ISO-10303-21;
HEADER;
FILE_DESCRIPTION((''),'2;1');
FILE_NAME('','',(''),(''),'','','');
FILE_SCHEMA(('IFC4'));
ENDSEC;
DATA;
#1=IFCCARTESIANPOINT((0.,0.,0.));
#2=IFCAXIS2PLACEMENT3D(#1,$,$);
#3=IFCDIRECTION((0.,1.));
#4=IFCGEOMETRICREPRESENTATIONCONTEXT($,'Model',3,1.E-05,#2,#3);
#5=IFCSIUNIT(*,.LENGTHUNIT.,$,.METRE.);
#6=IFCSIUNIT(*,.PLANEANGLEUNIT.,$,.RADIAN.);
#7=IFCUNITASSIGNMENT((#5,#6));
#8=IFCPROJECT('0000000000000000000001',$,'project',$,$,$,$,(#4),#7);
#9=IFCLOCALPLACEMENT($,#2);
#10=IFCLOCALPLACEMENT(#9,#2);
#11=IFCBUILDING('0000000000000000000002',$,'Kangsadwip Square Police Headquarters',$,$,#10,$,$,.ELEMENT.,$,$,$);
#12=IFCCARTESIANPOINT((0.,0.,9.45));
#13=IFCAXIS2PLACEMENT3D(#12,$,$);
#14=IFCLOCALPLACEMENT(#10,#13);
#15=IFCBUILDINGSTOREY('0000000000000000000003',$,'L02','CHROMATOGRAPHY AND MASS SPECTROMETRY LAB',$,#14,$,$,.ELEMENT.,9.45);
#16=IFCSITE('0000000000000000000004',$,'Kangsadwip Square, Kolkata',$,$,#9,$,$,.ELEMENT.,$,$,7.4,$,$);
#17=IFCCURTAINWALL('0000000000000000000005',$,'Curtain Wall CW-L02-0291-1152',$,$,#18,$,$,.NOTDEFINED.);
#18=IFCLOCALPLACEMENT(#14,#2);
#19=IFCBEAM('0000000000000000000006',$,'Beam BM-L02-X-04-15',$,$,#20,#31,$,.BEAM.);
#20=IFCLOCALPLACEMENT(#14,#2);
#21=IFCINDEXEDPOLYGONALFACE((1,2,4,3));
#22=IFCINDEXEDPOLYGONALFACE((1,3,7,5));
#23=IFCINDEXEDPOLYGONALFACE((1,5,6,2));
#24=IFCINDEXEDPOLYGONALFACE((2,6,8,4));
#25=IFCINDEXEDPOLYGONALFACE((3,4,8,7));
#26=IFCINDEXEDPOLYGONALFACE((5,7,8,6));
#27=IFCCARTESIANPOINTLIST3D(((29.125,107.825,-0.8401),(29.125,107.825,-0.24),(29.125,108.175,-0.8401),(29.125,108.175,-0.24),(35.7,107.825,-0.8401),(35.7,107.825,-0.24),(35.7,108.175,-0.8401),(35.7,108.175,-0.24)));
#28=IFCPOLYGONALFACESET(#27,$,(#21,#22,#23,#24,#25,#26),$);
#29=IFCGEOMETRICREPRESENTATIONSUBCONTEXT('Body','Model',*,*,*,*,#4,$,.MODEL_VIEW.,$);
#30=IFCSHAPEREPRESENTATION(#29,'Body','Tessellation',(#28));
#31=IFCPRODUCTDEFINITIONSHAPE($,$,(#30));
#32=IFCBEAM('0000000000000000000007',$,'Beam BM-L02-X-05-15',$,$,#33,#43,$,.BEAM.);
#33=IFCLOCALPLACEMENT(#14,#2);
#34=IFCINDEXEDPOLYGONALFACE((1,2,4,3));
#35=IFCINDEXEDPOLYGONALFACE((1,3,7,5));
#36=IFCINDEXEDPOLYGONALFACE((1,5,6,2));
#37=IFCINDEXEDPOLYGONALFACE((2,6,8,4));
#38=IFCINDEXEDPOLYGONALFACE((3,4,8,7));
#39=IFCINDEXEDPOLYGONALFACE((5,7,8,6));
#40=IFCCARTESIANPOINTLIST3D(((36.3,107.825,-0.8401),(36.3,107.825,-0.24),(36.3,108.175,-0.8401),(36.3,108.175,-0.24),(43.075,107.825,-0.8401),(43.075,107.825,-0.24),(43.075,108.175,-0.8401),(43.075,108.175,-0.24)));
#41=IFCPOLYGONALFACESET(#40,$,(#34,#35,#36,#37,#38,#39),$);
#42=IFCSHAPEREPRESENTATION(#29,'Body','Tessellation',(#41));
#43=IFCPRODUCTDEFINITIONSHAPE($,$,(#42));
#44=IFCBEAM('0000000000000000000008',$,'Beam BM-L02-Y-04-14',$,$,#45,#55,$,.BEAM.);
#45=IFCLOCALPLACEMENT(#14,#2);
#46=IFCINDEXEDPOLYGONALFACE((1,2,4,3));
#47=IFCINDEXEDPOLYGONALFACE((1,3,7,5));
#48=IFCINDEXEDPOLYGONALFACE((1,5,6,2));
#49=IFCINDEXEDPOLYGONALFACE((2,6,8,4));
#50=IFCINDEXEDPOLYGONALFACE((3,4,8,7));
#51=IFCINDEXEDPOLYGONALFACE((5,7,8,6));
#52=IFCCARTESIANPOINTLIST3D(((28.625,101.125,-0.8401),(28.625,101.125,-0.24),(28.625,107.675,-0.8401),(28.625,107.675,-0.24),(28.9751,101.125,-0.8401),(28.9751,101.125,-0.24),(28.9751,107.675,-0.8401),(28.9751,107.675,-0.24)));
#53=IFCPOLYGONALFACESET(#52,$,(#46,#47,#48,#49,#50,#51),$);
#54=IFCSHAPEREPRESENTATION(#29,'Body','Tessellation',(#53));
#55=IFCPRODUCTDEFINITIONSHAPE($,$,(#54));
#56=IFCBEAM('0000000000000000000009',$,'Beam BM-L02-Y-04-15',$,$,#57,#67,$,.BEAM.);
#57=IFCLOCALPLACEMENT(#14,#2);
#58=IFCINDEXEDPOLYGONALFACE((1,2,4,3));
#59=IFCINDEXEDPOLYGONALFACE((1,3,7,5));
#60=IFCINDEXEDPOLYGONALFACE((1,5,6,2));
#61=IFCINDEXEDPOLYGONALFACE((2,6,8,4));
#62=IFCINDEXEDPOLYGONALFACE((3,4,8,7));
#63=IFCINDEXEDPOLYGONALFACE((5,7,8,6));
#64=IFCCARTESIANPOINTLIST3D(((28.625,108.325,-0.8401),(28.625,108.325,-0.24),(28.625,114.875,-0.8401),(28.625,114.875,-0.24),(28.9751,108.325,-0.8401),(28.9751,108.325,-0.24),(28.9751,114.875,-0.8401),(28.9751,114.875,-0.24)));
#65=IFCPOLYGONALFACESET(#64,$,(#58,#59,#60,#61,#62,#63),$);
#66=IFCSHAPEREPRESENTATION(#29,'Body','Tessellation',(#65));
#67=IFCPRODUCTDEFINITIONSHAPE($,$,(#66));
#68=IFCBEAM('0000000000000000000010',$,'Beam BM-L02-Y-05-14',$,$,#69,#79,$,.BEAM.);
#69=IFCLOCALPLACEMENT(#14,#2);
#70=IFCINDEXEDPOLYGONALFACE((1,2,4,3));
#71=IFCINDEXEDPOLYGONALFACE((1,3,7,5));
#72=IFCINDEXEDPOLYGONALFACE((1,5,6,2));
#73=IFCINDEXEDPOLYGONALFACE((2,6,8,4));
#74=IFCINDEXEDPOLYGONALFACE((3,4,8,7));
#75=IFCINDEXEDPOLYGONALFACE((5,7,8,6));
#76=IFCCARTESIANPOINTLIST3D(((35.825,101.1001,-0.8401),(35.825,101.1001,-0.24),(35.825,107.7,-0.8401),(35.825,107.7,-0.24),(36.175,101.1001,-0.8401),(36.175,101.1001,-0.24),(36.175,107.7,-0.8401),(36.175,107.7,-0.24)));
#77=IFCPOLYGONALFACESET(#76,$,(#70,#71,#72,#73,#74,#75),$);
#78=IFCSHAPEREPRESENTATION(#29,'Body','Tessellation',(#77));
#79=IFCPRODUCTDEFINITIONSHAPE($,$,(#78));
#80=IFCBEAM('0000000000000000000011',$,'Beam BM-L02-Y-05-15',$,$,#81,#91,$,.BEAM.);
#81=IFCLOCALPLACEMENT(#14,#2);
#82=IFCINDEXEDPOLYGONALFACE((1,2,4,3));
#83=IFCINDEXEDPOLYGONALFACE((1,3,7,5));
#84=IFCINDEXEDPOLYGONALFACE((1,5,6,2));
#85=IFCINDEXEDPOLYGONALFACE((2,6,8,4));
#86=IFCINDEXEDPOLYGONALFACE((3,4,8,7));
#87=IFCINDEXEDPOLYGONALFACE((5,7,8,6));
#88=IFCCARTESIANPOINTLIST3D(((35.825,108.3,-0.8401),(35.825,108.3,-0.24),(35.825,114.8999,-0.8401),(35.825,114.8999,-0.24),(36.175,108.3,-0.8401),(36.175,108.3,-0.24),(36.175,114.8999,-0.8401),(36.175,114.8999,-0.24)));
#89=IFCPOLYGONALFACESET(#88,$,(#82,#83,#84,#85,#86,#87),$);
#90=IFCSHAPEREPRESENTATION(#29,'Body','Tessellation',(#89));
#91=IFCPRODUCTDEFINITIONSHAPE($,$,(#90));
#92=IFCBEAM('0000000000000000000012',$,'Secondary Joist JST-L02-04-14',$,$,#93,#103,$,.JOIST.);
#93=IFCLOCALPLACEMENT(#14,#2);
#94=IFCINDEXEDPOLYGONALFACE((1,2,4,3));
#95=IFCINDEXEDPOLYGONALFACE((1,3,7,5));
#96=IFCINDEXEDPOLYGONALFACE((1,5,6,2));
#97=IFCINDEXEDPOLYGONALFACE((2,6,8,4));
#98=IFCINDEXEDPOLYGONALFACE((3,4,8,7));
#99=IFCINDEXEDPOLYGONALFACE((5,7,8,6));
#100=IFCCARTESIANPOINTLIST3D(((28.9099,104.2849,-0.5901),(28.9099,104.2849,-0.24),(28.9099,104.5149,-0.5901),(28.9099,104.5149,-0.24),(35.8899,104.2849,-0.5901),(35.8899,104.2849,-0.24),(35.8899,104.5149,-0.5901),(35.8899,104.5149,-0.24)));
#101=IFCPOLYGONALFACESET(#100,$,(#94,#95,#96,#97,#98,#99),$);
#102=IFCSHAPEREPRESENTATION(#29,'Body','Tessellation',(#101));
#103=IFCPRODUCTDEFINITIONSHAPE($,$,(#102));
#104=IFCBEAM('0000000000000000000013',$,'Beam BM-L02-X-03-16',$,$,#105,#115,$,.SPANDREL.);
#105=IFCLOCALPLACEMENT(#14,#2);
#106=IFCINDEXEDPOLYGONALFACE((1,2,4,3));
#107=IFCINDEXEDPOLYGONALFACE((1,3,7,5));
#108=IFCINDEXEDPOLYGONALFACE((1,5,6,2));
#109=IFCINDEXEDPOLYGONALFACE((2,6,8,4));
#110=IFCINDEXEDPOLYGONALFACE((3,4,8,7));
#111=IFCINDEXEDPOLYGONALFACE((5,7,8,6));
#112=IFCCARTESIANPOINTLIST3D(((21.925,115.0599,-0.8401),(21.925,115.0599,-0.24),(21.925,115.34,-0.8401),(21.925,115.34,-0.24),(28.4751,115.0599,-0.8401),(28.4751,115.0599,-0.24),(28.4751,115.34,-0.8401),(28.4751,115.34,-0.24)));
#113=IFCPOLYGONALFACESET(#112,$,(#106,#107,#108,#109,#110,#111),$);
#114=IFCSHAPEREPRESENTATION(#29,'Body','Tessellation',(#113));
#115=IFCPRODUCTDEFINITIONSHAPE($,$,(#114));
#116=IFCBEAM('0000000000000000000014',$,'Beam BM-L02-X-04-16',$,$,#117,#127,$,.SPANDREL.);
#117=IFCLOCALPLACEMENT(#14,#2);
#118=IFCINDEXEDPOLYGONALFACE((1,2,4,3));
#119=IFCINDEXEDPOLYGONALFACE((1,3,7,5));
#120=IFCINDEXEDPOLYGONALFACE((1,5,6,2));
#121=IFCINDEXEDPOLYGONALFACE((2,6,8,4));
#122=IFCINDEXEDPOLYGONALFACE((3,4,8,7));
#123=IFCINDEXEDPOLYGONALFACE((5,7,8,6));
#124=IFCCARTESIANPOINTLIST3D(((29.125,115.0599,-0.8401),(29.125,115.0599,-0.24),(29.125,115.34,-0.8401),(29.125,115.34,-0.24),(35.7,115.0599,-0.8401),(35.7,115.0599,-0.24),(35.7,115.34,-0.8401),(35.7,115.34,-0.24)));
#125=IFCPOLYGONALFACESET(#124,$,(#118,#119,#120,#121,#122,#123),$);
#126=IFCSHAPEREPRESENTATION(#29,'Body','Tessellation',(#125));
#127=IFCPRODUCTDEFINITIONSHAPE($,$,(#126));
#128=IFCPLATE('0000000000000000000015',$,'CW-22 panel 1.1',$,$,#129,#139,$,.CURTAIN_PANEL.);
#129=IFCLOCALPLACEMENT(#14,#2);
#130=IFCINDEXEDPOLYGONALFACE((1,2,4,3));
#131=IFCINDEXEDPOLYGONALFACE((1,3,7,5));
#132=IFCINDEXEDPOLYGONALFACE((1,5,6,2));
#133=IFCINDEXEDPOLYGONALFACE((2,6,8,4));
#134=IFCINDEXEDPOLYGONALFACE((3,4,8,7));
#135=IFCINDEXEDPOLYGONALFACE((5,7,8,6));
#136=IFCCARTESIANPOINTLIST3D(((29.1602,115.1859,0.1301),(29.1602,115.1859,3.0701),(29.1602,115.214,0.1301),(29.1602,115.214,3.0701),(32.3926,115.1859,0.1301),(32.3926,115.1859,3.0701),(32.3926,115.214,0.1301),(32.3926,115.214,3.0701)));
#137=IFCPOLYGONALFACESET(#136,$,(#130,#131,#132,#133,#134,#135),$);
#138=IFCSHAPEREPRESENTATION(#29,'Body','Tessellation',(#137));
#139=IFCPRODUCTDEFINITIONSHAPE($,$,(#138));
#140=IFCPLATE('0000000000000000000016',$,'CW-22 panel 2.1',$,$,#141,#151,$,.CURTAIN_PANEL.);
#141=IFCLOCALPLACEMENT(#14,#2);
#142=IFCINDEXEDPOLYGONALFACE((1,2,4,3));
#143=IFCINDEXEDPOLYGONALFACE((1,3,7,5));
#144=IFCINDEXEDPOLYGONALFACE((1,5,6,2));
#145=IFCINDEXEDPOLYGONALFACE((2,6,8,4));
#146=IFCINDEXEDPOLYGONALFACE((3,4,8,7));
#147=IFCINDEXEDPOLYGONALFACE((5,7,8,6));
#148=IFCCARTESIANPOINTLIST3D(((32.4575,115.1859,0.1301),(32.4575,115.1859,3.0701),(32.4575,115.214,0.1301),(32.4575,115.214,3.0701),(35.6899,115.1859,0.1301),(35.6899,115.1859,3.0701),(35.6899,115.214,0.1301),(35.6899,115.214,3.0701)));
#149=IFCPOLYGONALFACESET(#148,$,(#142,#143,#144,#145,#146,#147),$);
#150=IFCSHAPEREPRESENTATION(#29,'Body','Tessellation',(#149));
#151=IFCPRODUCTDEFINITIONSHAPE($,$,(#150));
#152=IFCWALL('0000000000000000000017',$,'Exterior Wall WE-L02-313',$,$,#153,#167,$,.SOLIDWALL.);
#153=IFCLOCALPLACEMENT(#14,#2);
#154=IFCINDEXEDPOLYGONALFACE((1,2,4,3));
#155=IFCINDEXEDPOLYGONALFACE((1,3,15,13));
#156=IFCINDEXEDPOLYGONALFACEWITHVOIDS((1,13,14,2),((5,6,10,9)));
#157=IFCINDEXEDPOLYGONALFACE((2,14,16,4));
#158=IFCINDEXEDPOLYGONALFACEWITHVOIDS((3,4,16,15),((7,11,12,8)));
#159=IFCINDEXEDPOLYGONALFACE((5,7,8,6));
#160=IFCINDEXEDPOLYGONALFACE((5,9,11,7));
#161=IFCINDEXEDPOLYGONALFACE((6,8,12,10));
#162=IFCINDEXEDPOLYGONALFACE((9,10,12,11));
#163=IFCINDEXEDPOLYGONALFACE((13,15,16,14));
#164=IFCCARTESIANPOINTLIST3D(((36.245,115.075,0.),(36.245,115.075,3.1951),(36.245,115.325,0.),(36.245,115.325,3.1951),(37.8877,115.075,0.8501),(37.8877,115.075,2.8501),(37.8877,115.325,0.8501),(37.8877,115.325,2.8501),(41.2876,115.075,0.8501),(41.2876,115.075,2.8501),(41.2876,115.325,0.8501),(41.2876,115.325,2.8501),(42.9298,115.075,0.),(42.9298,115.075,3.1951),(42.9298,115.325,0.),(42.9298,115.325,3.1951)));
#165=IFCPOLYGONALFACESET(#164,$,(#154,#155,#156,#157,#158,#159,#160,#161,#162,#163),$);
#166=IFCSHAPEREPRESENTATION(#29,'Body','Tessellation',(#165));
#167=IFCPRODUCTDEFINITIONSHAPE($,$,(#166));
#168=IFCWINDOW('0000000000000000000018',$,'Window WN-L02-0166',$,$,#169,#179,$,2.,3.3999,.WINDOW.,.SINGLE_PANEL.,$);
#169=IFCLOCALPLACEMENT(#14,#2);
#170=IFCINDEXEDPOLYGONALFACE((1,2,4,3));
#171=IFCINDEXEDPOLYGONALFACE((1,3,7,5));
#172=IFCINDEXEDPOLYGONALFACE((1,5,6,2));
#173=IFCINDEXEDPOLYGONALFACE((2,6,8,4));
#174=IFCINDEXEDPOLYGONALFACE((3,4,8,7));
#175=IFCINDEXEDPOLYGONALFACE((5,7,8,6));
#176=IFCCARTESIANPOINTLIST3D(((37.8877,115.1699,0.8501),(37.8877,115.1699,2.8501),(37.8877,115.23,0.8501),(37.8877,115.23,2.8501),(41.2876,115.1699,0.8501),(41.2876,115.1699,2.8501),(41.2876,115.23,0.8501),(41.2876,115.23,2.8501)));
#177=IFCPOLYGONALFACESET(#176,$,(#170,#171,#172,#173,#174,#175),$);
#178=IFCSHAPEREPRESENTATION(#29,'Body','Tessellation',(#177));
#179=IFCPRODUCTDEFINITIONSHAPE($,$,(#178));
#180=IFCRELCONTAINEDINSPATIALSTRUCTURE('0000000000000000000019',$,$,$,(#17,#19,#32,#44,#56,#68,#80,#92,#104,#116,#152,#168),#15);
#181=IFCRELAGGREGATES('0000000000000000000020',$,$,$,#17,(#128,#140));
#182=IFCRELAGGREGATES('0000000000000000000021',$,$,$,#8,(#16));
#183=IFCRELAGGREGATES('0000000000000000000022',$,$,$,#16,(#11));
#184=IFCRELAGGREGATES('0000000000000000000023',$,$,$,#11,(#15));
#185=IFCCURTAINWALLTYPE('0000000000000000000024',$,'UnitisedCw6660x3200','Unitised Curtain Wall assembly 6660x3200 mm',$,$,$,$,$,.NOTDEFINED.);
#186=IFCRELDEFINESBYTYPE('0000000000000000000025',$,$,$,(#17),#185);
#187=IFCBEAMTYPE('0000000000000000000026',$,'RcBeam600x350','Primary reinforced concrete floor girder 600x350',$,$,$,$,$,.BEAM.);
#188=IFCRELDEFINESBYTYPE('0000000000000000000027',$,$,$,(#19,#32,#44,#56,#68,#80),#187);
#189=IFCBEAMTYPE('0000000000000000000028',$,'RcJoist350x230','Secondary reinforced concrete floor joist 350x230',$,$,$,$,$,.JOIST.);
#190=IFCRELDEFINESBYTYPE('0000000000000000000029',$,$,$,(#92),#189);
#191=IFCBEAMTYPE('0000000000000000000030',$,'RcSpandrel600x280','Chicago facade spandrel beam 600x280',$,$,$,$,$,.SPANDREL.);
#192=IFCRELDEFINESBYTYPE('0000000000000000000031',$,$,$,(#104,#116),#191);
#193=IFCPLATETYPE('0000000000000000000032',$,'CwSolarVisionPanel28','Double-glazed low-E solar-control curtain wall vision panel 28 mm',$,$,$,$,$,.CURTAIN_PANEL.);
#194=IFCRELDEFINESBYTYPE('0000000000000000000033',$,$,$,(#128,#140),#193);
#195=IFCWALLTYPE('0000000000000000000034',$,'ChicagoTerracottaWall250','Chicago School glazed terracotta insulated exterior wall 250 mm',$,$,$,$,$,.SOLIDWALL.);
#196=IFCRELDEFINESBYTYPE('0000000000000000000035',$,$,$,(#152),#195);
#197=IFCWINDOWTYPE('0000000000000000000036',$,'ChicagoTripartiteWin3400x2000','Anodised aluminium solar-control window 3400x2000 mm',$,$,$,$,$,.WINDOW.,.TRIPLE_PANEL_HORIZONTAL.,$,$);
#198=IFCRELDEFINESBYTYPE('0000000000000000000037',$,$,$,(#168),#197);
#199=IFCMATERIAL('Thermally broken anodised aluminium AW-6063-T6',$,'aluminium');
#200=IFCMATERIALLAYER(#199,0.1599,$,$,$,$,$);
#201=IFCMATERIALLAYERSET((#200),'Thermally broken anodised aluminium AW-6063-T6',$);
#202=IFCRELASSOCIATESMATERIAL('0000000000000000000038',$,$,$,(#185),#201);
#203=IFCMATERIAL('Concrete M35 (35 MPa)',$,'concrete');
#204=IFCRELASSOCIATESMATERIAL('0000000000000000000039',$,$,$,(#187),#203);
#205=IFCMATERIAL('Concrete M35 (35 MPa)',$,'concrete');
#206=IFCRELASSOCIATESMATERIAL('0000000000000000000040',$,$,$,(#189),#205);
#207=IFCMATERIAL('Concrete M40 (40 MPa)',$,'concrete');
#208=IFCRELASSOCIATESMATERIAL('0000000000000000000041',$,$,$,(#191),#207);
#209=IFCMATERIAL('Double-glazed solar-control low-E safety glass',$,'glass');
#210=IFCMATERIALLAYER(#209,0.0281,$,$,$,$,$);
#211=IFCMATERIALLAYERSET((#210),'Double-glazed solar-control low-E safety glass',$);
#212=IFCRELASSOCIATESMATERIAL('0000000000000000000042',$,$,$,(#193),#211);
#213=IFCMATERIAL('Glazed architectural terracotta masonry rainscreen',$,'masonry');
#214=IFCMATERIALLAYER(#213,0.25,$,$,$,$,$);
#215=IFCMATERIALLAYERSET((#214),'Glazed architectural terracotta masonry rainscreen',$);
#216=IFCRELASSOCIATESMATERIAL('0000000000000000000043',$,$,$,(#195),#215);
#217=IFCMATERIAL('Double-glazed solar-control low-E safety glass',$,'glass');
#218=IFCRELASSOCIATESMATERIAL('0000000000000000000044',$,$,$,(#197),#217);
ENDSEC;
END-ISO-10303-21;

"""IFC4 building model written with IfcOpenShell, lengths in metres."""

from ifc_helpers import new_model, si_unit, direction, frame, frame_2d, origin, origin_2d, place, context, subcontext, project, spatial, rectangle, extrude, material, layer, layer_set, material_profile, profile_set, type_object, element, fill, aggregate, save


model = new_model("IFC4")

# Units and contexts
model_context = context("Model", 3, precision=1e-05, world=origin(), true_north=direction((0.0, 1.0)))
body_context = subcontext(model_context, "Body", "Model", "MODEL_VIEW")
ifc_project = project(units=[si_unit("LENGTHUNIT", "METRE"), si_unit("PLANEANGLEUNIT", "RADIAN")], contexts=[model_context])

# Site, building, storey
site_placement = place(None, origin())
site = spatial("IfcSite", under=ifc_project, at=site_placement, Name="Kangsadwip Square, Kolkata", CompositionType="ELEMENT", RefElevation=7.4)
building_placement = place(site_placement, origin())
building = spatial("IfcBuilding", under=site, at=building_placement, Name="Kangsadwip Square Police Headquarters", CompositionType="ELEMENT")
storey_placement = place(building_placement, frame((0.0, 0.0, 9.45)))
storey = spatial("IfcBuildingStorey", under=building, at=storey_placement, Name="L02", Description="CHROMATOGRAPHY AND MASS SPECTROMETRY LAB", CompositionType="ELEMENT", Elevation=9.45)

# Curtain wall
ifc_material_1 = material(Name="Thermally broken anodised aluminium AW-6063-T6", Category="aluminium")
ifc_layer_1 = layer(ifc_material_1, 0.1599)
ifc_layer_set_1 = layer_set([ifc_layer_1], Name="Thermally broken anodised aluminium AW-6063-T6")
curtain_wall_type = type_object("IfcCurtainWallType", Name="UnitisedCw6660x3200", Description="Unitised Curtain Wall assembly 6660x3200 mm", PredefinedType="NOTDEFINED", material=ifc_layer_set_1)
curtain_wall_placement = place(storey_placement, origin())
curtain_wall = element("IfcCurtainWall", 1, at=curtain_wall_placement, inside=storey, type_object=curtain_wall_type, Name="Curtain Wall CW-L02-0291-1152", PredefinedType="NOTDEFINED")

# Beams
ifc_material_2 = material(Name="Concrete M35 (35 MPa)", Category="concrete")
ifc_material_profile_1 = material_profile(ifc_material_2, rectangle(XDim=0.3501, YDim=0.6001, at=origin_2d()), Name="RC BM 600X350")
ifc_profile_set_1 = profile_set([ifc_material_profile_1], Name="Concrete M35 (35 MPa)")
beam_type_1 = type_object("IfcBeamType", Name="RcBeam600x350", Description="Primary reinforced concrete floor girder 600x350", PredefinedType="BEAM", material=ifc_profile_set_1)
beam_1_placement = place(storey_placement, frame((29.125, 108.0, -0.54), z_axis=(1.0, 0.0, 0.0), x_axis=(0.0, 1.0, 0.0)))
element("IfcBeam", 2, at=beam_1_placement, inside=storey, type_object=beam_type_1, Name="Beam BM-L02-X-04-15", PredefinedType="BEAM", context=body_context, shape_type="SweptSolid", body=[
    extrude(rectangle(XDim=0.3501, YDim=0.6001, at=origin_2d()), origin(), (0.0, 0.0, 1.0), 6.575),
])
beam_2_placement = place(storey_placement, frame((36.3, 108.0, -0.54), z_axis=(1.0, 0.0, 0.0), x_axis=(0.0, 1.0, 0.0)))
element("IfcBeam", 3, at=beam_2_placement, inside=storey, type_object=beam_type_1, Name="Beam BM-L02-X-05-15", PredefinedType="BEAM", context=body_context, shape_type="SweptSolid", body=[
    extrude(rectangle(XDim=0.3501, YDim=0.6001, at=origin_2d()), origin(), (0.0, 0.0, 1.0), 6.7749),
])
for number, where, z_axis, x_axis, name in (
    (4, (28.8, 101.125, -0.54), (0.0, 1.0, 0.0), (-1.0, 0.0, 0.0), "Beam BM-L02-Y-04-14"),
    (5, (28.8, 108.325, -0.54), (0.0, 1.0, 0.0), (-1.0, 0.0, 0.0), "Beam BM-L02-Y-04-15"),
):
    element("IfcBeam", number, at=place(storey_placement, frame(where, z_axis=z_axis, x_axis=x_axis)), inside=storey, type_object=beam_type_1, Name=name, PredefinedType="BEAM", context=body_context, shape_type="SweptSolid", body=[
        extrude(rectangle(XDim=0.3501, YDim=0.6001, at=origin_2d()), origin(), (0.0, 0.0, 1.0), 6.55),
    ])
for number, where, z_axis, x_axis, name in (
    (6, (36.0, 101.1001, -0.54), (0.0, 1.0, 0.0), (-1.0, 0.0, 0.0), "Beam BM-L02-Y-05-14"),
    (7, (36.0, 108.3, -0.54), (0.0, 1.0, 0.0), (-1.0, 0.0, 0.0), "Beam BM-L02-Y-05-15"),
):
    element("IfcBeam", number, at=place(storey_placement, frame(where, z_axis=z_axis, x_axis=x_axis)), inside=storey, type_object=beam_type_1, Name=name, PredefinedType="BEAM", context=body_context, shape_type="SweptSolid", body=[
        extrude(rectangle(XDim=0.3501, YDim=0.6001, at=origin_2d()), origin(), (0.0, 0.0, 1.0), 6.5999),
    ])
ifc_material_3 = material(Name="Concrete M35 (35 MPa)", Category="concrete")
ifc_material_profile_2 = material_profile(ifc_material_3, rectangle(XDim=0.23, YDim=0.3501, at=origin_2d()), Name="RC JST 350X230")
ifc_profile_set_2 = profile_set([ifc_material_profile_2], Name="Concrete M35 (35 MPa)")
beam_type_2 = type_object("IfcBeamType", Name="RcJoist350x230", Description="Secondary reinforced concrete floor joist 350x230", PredefinedType="JOIST", material=ifc_profile_set_2)
beam_3_placement = place(storey_placement, frame((28.9099, 104.3999, -0.415), z_axis=(1.0, 0.0, 0.0), x_axis=(0.0, 1.0, 0.0)))
element("IfcBeam", 8, at=beam_3_placement, inside=storey, type_object=beam_type_2, Name="Secondary Joist JST-L02-04-14", PredefinedType="JOIST", context=body_context, shape_type="SweptSolid", body=[
    extrude(rectangle(XDim=0.23, YDim=0.3501, at=origin_2d()), origin(), (0.0, 0.0, 1.0), 6.98),
])
ifc_material_4 = material(Name="Concrete M40 (40 MPa)", Category="concrete")
ifc_material_profile_3 = material_profile(ifc_material_4, rectangle(XDim=0.28, YDim=0.6001, at=origin_2d()), Name="RC SPN 600X280")
ifc_profile_set_3 = profile_set([ifc_material_profile_3], Name="Concrete M40 (40 MPa)")
beam_type_3 = type_object("IfcBeamType", Name="RcSpandrel600x280", Description="Chicago facade spandrel beam 600x280", PredefinedType="SPANDREL", material=ifc_profile_set_3)
beam_4_placement = place(storey_placement, frame((21.925, 115.2, -0.54), z_axis=(1.0, 0.0, 0.0), x_axis=(0.0, 1.0, 0.0)))
element("IfcBeam", 9, at=beam_4_placement, inside=storey, type_object=beam_type_3, Name="Beam BM-L02-X-03-16", PredefinedType="SPANDREL", context=body_context, shape_type="SweptSolid", body=[
    extrude(rectangle(XDim=0.28, YDim=0.6001, at=origin_2d()), origin(), (0.0, 0.0, 1.0), 6.55),
])
beam_5_placement = place(storey_placement, frame((29.125, 115.2, -0.54), z_axis=(1.0, 0.0, 0.0), x_axis=(0.0, 1.0, 0.0)))
element("IfcBeam", 10, at=beam_5_placement, inside=storey, type_object=beam_type_3, Name="Beam BM-L02-X-04-16", PredefinedType="SPANDREL", context=body_context, shape_type="SweptSolid", body=[
    extrude(rectangle(XDim=0.28, YDim=0.6001, at=origin_2d()), origin(), (0.0, 0.0, 1.0), 6.575),
])

# Plates
ifc_material_5 = material(Name="Double-glazed solar-control low-E safety glass", Category="glass")
ifc_layer_2 = layer(ifc_material_5, 0.0281)
ifc_layer_set_2 = layer_set([ifc_layer_2], Name="Double-glazed solar-control low-E safety glass")
plate_type = type_object("IfcPlateType", Name="CwSolarVisionPanel28", Description="Double-glazed low-E solar-control curtain wall vision panel 28 mm", PredefinedType="CURTAIN_PANEL", material=ifc_layer_set_2)
plate_1_placement = place(storey_placement, frame((30.7764, 115.2, 0.1301), z_axis=(0.0, 0.0, 1.0), x_axis=(1.0, 0.0, 0.0)))
plate_1 = element("IfcPlate", 11, at=plate_1_placement, type_object=plate_type, Name="CW-22 panel 1.1", PredefinedType="CURTAIN_PANEL", context=body_context, shape_type="SweptSolid", body=[
    extrude(rectangle(XDim=3.2324, YDim=0.0281, at=origin_2d()), origin(), (0.0, 0.0, 1.0), 2.9399),
])
plate_2_placement = place(storey_placement, frame((34.0737, 115.2, 0.1301), z_axis=(0.0, 0.0, 1.0), x_axis=(1.0, 0.0, 0.0)))
plate_2 = element("IfcPlate", 12, at=plate_2_placement, type_object=plate_type, Name="CW-22 panel 2.1", PredefinedType="CURTAIN_PANEL", context=body_context, shape_type="SweptSolid", body=[
    extrude(rectangle(XDim=3.2324, YDim=0.0281, at=origin_2d()), origin(), (0.0, 0.0, 1.0), 2.9399),
])
aggregate(curtain_wall, [plate_1, plate_2])

# Wall, opening, window
ifc_material_6 = material(Name="Glazed architectural terracotta masonry rainscreen", Category="masonry")
ifc_layer_3 = layer(ifc_material_6, 0.25)
ifc_layer_set_3 = layer_set([ifc_layer_3], Name="Glazed architectural terracotta masonry rainscreen")
wall_type = type_object("IfcWallType", Name="ChicagoTerracottaWall250", Description="Chicago School glazed terracotta insulated exterior wall 250 mm", PredefinedType="SOLIDWALL", material=ifc_layer_set_3)
wall_placement = place(storey_placement, frame((36.2451, 115.2, 0.0), z_axis=(0.0, 0.0, 1.0), x_axis=(1.0, 0.0, 0.0)))
wall = element("IfcWall", 13, at=wall_placement, inside=storey, type_object=wall_type, Name="Exterior Wall WE-L02-313", PredefinedType="SOLIDWALL", context=body_context, shape_type="SweptSolid", body=[
    extrude(rectangle(XDim=6.6848, YDim=0.25, at=frame_2d((3.3423, 0.0))), origin(), (0.0, 0.0, 1.0), 3.1951),
])
opening_placement = place(wall_placement, frame((1.6426, 0.0, 0.8501)))
opening = element("IfcOpeningElement", 14, at=opening_placement, cuts=wall, PredefinedType="OPENING", context=body_context, shape_type="SweptSolid", body=[
    extrude(rectangle(XDim=3.3999, YDim=2.0, at=frame_2d((1.7, 1.0))), frame((0.0, 0.135, 0.0), z_axis=(0.0, -1.0, 0.0), x_axis=(1.0, 0.0, 0.0)), (0.0, 0.0, 1.0), 0.27),
])
ifc_material_7 = material(Name="Double-glazed solar-control low-E safety glass", Category="glass")
window_type = type_object("IfcWindowType", Name="ChicagoTripartiteWin3400x2000", Description="Anodised aluminium solar-control window 3400x2000 mm", PartitioningType="TRIPLE_PANEL_HORIZONTAL", PredefinedType="WINDOW", material=ifc_material_7)
window_placement = place(opening_placement, origin())
window = element("IfcWindow", 15, at=window_placement, inside=storey, type_object=window_type, Name="Window WN-L02-0166", OverallHeight=2.0, OverallWidth=3.3999, PartitioningType="SINGLE_PANEL", PredefinedType="WINDOW", context=body_context, shape_type="SweptSolid", body=[
    extrude(rectangle(XDim=3.3999, YDim=2.0, at=frame_2d((1.7, 1.0))), frame((0.0, 0.03, 0.0), z_axis=(0.0, -1.0, 0.0), x_axis=(1.0, 0.0, 0.0)), (0.0, 0.0, 1.0), 0.0601),
])
fill(opening, window)

save(model, "model.ifc")
